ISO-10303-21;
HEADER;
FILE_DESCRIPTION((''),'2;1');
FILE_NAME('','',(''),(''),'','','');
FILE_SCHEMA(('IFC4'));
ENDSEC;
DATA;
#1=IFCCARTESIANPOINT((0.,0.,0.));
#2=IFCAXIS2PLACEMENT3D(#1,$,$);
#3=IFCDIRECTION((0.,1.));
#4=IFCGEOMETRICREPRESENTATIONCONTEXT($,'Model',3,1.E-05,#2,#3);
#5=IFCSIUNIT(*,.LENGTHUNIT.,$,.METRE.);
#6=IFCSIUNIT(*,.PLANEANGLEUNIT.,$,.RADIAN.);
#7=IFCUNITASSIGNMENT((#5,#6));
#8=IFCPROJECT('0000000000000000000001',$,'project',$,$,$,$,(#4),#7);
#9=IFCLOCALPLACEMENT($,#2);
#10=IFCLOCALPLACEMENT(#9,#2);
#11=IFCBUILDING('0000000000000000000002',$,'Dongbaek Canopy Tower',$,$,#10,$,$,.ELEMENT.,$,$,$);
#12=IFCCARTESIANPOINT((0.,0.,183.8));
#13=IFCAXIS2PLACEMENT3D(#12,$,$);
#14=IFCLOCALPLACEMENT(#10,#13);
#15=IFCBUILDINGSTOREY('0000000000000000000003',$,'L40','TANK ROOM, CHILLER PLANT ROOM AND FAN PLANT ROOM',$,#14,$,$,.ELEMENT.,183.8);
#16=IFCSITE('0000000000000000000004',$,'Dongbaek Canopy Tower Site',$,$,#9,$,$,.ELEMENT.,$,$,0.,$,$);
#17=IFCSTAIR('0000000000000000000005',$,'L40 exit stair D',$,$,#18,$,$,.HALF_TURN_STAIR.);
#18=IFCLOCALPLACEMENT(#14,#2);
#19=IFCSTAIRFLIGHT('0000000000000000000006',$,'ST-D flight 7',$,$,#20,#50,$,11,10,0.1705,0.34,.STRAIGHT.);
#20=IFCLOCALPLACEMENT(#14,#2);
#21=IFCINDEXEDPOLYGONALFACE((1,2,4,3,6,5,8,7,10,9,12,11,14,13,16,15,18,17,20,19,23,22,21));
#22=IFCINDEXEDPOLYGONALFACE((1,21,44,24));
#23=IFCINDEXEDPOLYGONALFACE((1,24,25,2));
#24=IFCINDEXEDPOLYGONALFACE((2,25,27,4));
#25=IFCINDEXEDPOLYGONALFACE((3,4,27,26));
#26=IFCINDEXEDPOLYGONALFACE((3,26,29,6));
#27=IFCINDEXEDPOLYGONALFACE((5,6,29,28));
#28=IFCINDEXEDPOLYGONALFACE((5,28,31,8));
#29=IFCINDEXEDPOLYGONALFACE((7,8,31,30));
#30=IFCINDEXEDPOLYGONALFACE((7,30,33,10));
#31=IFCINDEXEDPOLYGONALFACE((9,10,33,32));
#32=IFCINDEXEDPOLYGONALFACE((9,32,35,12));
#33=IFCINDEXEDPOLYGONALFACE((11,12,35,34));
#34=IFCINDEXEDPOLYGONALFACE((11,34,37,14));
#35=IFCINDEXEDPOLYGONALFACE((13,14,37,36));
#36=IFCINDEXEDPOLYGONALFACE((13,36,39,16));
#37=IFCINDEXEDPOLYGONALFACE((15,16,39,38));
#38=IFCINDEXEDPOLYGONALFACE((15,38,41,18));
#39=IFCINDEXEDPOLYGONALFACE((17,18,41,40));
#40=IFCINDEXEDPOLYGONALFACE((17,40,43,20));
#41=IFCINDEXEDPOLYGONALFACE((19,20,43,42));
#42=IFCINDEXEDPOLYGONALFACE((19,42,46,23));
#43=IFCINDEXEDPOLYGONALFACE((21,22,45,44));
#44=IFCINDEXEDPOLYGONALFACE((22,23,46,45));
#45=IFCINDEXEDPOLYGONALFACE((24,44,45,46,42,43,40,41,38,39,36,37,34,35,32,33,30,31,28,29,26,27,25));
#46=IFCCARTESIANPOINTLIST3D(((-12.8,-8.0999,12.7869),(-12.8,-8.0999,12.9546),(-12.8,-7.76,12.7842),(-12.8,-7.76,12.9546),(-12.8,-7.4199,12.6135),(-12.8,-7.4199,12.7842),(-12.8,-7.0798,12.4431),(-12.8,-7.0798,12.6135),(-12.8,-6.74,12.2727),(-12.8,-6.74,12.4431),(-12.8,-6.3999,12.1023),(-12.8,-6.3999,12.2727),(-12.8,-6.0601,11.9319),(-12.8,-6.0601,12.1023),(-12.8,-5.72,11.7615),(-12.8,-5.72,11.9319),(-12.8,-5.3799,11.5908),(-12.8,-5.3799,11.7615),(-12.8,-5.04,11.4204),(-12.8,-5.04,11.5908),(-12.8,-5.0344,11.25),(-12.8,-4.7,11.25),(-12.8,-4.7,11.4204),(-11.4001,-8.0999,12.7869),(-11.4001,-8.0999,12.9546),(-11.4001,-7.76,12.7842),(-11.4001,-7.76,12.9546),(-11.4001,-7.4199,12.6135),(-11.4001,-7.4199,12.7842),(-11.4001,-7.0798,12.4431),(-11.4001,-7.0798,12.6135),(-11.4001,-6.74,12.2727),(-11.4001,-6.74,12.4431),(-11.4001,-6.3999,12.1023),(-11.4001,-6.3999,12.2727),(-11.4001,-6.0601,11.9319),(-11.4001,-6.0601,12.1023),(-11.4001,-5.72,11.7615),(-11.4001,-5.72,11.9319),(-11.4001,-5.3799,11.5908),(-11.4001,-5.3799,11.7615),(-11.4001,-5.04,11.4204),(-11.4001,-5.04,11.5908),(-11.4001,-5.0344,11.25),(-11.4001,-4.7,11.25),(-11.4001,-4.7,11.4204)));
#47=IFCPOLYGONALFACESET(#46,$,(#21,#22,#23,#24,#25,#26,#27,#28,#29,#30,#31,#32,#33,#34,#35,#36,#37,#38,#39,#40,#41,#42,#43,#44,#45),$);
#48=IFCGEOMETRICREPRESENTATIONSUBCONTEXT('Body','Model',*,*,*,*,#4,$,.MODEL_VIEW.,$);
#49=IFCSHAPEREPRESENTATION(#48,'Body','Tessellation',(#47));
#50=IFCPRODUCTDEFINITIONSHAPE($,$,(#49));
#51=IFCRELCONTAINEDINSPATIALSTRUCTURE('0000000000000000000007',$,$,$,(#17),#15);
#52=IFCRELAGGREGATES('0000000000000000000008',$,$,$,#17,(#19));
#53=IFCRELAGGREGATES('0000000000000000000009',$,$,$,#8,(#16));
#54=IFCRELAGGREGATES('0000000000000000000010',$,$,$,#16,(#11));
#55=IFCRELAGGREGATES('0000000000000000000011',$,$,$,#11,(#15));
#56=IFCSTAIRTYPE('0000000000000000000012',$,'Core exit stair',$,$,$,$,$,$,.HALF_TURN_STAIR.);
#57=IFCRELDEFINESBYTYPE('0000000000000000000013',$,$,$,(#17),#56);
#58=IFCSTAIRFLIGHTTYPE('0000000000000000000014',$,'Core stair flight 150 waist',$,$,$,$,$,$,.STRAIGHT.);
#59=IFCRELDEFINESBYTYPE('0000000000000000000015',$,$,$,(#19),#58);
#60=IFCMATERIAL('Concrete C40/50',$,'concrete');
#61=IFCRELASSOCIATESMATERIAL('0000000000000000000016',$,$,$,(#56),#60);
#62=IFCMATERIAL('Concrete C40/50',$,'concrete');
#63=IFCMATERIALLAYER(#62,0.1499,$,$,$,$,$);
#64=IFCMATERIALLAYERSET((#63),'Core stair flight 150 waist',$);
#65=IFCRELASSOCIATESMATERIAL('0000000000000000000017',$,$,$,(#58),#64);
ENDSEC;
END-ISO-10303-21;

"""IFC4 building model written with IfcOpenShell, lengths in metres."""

from ifc_helpers import new_model, si_unit, direction, frame, origin, place, context, subcontext, project, spatial, polyline, outline, extrude, material, layer, layer_set, type_object, element, aggregate, save


model = new_model("IFC4")

# Units and contexts
model_context = context("Model", 3, precision=1e-05, world=origin(), true_north=direction((0.0, 1.0)))
body_context = subcontext(model_context, "Body", "Model", "MODEL_VIEW")
ifc_project = project(units=[si_unit("LENGTHUNIT", "METRE"), si_unit("PLANEANGLEUNIT", "RADIAN")], contexts=[model_context])

# Site, building, storey
site_placement = place(None, origin())
site = spatial("IfcSite", under=ifc_project, at=site_placement, Name="Dongbaek Canopy Tower Site", CompositionType="ELEMENT", RefElevation=0.0)
building_placement = place(site_placement, origin())
building = spatial("IfcBuilding", under=site, at=building_placement, Name="Dongbaek Canopy Tower", CompositionType="ELEMENT")
storey_placement = place(building_placement, frame((0.0, 0.0, 183.8)))
storey = spatial("IfcBuildingStorey", under=building, at=storey_placement, Name="L40", Description="TANK ROOM, CHILLER PLANT ROOM AND FAN PLANT ROOM", CompositionType="ELEMENT", Elevation=183.8)

# Stair, stair flight
ifc_material_1 = material(Name="Concrete C40/50", Category="concrete")
stair_type = type_object("IfcStairType", Name="Core exit stair", PredefinedType="HALF_TURN_STAIR", material=ifc_material_1)
stair_placement = place(storey_placement, origin())
stair = element("IfcStair", 1, at=stair_placement, inside=storey, type_object=stair_type, Name="L40 exit stair D", PredefinedType="HALF_TURN_STAIR")
ifc_material_2 = material(Name="Concrete C40/50", Category="concrete")
ifc_layer_1 = layer(ifc_material_2, 0.1499)
ifc_layer_set_1 = layer_set([ifc_layer_1], Name="Core stair flight 150 waist")
stair_flight_type = type_object("IfcStairFlightType", Name="Core stair flight 150 waist", PredefinedType="STRAIGHT", material=ifc_layer_set_1)
stair_flight_1_placement = place(storey_placement, frame((-12.1001, -4.7, 11.25), z_axis=(0.0, 0.0, 1.0), x_axis=(0.0, -1.0, 0.0)))
stair_flight_1 = element("IfcStairFlight", 2, at=stair_flight_1_placement, type_object=stair_flight_type, Name="ST-D flight 7", NumberOfRisers=11, NumberOfTreads=10, PredefinedType="STRAIGHT", RiserHeight=0.1705, TreadLength=0.34, context=body_context, shape_type="SweptSolid", body=[
    extrude(outline(polyline([(0.0, 0.0), (0.0, 0.1704), (0.3401, 0.1704), (0.3401, 0.3408), (0.6799, 0.3408), (0.6799, 0.5115), (1.02, 0.5115), (1.02, 0.6819), (1.3601, 0.6819), (1.3601, 0.8523), (1.7, 0.8523), (1.7, 1.0227), (2.04, 1.0227), (2.04, 1.1931), (2.3799, 1.1931), (2.3799, 1.3635), (2.72, 1.3635), (2.72, 1.5342), (3.0601, 1.5342), (3.0601, 1.7046), (3.3999, 1.7046), (3.3999, 1.875), (3.3999, 1.5369), (0.3345, 0.0), (0.0, 0.0)])), frame((0.0, 0.7, 0.0), z_axis=(0.0, -1.0, 0.0), x_axis=(1.0, 0.0, 0.0)), (0.0, 0.0, 1.0), 1.3999),
])
aggregate(stair, [stair_flight_1])

save(model, "model.ifc")
